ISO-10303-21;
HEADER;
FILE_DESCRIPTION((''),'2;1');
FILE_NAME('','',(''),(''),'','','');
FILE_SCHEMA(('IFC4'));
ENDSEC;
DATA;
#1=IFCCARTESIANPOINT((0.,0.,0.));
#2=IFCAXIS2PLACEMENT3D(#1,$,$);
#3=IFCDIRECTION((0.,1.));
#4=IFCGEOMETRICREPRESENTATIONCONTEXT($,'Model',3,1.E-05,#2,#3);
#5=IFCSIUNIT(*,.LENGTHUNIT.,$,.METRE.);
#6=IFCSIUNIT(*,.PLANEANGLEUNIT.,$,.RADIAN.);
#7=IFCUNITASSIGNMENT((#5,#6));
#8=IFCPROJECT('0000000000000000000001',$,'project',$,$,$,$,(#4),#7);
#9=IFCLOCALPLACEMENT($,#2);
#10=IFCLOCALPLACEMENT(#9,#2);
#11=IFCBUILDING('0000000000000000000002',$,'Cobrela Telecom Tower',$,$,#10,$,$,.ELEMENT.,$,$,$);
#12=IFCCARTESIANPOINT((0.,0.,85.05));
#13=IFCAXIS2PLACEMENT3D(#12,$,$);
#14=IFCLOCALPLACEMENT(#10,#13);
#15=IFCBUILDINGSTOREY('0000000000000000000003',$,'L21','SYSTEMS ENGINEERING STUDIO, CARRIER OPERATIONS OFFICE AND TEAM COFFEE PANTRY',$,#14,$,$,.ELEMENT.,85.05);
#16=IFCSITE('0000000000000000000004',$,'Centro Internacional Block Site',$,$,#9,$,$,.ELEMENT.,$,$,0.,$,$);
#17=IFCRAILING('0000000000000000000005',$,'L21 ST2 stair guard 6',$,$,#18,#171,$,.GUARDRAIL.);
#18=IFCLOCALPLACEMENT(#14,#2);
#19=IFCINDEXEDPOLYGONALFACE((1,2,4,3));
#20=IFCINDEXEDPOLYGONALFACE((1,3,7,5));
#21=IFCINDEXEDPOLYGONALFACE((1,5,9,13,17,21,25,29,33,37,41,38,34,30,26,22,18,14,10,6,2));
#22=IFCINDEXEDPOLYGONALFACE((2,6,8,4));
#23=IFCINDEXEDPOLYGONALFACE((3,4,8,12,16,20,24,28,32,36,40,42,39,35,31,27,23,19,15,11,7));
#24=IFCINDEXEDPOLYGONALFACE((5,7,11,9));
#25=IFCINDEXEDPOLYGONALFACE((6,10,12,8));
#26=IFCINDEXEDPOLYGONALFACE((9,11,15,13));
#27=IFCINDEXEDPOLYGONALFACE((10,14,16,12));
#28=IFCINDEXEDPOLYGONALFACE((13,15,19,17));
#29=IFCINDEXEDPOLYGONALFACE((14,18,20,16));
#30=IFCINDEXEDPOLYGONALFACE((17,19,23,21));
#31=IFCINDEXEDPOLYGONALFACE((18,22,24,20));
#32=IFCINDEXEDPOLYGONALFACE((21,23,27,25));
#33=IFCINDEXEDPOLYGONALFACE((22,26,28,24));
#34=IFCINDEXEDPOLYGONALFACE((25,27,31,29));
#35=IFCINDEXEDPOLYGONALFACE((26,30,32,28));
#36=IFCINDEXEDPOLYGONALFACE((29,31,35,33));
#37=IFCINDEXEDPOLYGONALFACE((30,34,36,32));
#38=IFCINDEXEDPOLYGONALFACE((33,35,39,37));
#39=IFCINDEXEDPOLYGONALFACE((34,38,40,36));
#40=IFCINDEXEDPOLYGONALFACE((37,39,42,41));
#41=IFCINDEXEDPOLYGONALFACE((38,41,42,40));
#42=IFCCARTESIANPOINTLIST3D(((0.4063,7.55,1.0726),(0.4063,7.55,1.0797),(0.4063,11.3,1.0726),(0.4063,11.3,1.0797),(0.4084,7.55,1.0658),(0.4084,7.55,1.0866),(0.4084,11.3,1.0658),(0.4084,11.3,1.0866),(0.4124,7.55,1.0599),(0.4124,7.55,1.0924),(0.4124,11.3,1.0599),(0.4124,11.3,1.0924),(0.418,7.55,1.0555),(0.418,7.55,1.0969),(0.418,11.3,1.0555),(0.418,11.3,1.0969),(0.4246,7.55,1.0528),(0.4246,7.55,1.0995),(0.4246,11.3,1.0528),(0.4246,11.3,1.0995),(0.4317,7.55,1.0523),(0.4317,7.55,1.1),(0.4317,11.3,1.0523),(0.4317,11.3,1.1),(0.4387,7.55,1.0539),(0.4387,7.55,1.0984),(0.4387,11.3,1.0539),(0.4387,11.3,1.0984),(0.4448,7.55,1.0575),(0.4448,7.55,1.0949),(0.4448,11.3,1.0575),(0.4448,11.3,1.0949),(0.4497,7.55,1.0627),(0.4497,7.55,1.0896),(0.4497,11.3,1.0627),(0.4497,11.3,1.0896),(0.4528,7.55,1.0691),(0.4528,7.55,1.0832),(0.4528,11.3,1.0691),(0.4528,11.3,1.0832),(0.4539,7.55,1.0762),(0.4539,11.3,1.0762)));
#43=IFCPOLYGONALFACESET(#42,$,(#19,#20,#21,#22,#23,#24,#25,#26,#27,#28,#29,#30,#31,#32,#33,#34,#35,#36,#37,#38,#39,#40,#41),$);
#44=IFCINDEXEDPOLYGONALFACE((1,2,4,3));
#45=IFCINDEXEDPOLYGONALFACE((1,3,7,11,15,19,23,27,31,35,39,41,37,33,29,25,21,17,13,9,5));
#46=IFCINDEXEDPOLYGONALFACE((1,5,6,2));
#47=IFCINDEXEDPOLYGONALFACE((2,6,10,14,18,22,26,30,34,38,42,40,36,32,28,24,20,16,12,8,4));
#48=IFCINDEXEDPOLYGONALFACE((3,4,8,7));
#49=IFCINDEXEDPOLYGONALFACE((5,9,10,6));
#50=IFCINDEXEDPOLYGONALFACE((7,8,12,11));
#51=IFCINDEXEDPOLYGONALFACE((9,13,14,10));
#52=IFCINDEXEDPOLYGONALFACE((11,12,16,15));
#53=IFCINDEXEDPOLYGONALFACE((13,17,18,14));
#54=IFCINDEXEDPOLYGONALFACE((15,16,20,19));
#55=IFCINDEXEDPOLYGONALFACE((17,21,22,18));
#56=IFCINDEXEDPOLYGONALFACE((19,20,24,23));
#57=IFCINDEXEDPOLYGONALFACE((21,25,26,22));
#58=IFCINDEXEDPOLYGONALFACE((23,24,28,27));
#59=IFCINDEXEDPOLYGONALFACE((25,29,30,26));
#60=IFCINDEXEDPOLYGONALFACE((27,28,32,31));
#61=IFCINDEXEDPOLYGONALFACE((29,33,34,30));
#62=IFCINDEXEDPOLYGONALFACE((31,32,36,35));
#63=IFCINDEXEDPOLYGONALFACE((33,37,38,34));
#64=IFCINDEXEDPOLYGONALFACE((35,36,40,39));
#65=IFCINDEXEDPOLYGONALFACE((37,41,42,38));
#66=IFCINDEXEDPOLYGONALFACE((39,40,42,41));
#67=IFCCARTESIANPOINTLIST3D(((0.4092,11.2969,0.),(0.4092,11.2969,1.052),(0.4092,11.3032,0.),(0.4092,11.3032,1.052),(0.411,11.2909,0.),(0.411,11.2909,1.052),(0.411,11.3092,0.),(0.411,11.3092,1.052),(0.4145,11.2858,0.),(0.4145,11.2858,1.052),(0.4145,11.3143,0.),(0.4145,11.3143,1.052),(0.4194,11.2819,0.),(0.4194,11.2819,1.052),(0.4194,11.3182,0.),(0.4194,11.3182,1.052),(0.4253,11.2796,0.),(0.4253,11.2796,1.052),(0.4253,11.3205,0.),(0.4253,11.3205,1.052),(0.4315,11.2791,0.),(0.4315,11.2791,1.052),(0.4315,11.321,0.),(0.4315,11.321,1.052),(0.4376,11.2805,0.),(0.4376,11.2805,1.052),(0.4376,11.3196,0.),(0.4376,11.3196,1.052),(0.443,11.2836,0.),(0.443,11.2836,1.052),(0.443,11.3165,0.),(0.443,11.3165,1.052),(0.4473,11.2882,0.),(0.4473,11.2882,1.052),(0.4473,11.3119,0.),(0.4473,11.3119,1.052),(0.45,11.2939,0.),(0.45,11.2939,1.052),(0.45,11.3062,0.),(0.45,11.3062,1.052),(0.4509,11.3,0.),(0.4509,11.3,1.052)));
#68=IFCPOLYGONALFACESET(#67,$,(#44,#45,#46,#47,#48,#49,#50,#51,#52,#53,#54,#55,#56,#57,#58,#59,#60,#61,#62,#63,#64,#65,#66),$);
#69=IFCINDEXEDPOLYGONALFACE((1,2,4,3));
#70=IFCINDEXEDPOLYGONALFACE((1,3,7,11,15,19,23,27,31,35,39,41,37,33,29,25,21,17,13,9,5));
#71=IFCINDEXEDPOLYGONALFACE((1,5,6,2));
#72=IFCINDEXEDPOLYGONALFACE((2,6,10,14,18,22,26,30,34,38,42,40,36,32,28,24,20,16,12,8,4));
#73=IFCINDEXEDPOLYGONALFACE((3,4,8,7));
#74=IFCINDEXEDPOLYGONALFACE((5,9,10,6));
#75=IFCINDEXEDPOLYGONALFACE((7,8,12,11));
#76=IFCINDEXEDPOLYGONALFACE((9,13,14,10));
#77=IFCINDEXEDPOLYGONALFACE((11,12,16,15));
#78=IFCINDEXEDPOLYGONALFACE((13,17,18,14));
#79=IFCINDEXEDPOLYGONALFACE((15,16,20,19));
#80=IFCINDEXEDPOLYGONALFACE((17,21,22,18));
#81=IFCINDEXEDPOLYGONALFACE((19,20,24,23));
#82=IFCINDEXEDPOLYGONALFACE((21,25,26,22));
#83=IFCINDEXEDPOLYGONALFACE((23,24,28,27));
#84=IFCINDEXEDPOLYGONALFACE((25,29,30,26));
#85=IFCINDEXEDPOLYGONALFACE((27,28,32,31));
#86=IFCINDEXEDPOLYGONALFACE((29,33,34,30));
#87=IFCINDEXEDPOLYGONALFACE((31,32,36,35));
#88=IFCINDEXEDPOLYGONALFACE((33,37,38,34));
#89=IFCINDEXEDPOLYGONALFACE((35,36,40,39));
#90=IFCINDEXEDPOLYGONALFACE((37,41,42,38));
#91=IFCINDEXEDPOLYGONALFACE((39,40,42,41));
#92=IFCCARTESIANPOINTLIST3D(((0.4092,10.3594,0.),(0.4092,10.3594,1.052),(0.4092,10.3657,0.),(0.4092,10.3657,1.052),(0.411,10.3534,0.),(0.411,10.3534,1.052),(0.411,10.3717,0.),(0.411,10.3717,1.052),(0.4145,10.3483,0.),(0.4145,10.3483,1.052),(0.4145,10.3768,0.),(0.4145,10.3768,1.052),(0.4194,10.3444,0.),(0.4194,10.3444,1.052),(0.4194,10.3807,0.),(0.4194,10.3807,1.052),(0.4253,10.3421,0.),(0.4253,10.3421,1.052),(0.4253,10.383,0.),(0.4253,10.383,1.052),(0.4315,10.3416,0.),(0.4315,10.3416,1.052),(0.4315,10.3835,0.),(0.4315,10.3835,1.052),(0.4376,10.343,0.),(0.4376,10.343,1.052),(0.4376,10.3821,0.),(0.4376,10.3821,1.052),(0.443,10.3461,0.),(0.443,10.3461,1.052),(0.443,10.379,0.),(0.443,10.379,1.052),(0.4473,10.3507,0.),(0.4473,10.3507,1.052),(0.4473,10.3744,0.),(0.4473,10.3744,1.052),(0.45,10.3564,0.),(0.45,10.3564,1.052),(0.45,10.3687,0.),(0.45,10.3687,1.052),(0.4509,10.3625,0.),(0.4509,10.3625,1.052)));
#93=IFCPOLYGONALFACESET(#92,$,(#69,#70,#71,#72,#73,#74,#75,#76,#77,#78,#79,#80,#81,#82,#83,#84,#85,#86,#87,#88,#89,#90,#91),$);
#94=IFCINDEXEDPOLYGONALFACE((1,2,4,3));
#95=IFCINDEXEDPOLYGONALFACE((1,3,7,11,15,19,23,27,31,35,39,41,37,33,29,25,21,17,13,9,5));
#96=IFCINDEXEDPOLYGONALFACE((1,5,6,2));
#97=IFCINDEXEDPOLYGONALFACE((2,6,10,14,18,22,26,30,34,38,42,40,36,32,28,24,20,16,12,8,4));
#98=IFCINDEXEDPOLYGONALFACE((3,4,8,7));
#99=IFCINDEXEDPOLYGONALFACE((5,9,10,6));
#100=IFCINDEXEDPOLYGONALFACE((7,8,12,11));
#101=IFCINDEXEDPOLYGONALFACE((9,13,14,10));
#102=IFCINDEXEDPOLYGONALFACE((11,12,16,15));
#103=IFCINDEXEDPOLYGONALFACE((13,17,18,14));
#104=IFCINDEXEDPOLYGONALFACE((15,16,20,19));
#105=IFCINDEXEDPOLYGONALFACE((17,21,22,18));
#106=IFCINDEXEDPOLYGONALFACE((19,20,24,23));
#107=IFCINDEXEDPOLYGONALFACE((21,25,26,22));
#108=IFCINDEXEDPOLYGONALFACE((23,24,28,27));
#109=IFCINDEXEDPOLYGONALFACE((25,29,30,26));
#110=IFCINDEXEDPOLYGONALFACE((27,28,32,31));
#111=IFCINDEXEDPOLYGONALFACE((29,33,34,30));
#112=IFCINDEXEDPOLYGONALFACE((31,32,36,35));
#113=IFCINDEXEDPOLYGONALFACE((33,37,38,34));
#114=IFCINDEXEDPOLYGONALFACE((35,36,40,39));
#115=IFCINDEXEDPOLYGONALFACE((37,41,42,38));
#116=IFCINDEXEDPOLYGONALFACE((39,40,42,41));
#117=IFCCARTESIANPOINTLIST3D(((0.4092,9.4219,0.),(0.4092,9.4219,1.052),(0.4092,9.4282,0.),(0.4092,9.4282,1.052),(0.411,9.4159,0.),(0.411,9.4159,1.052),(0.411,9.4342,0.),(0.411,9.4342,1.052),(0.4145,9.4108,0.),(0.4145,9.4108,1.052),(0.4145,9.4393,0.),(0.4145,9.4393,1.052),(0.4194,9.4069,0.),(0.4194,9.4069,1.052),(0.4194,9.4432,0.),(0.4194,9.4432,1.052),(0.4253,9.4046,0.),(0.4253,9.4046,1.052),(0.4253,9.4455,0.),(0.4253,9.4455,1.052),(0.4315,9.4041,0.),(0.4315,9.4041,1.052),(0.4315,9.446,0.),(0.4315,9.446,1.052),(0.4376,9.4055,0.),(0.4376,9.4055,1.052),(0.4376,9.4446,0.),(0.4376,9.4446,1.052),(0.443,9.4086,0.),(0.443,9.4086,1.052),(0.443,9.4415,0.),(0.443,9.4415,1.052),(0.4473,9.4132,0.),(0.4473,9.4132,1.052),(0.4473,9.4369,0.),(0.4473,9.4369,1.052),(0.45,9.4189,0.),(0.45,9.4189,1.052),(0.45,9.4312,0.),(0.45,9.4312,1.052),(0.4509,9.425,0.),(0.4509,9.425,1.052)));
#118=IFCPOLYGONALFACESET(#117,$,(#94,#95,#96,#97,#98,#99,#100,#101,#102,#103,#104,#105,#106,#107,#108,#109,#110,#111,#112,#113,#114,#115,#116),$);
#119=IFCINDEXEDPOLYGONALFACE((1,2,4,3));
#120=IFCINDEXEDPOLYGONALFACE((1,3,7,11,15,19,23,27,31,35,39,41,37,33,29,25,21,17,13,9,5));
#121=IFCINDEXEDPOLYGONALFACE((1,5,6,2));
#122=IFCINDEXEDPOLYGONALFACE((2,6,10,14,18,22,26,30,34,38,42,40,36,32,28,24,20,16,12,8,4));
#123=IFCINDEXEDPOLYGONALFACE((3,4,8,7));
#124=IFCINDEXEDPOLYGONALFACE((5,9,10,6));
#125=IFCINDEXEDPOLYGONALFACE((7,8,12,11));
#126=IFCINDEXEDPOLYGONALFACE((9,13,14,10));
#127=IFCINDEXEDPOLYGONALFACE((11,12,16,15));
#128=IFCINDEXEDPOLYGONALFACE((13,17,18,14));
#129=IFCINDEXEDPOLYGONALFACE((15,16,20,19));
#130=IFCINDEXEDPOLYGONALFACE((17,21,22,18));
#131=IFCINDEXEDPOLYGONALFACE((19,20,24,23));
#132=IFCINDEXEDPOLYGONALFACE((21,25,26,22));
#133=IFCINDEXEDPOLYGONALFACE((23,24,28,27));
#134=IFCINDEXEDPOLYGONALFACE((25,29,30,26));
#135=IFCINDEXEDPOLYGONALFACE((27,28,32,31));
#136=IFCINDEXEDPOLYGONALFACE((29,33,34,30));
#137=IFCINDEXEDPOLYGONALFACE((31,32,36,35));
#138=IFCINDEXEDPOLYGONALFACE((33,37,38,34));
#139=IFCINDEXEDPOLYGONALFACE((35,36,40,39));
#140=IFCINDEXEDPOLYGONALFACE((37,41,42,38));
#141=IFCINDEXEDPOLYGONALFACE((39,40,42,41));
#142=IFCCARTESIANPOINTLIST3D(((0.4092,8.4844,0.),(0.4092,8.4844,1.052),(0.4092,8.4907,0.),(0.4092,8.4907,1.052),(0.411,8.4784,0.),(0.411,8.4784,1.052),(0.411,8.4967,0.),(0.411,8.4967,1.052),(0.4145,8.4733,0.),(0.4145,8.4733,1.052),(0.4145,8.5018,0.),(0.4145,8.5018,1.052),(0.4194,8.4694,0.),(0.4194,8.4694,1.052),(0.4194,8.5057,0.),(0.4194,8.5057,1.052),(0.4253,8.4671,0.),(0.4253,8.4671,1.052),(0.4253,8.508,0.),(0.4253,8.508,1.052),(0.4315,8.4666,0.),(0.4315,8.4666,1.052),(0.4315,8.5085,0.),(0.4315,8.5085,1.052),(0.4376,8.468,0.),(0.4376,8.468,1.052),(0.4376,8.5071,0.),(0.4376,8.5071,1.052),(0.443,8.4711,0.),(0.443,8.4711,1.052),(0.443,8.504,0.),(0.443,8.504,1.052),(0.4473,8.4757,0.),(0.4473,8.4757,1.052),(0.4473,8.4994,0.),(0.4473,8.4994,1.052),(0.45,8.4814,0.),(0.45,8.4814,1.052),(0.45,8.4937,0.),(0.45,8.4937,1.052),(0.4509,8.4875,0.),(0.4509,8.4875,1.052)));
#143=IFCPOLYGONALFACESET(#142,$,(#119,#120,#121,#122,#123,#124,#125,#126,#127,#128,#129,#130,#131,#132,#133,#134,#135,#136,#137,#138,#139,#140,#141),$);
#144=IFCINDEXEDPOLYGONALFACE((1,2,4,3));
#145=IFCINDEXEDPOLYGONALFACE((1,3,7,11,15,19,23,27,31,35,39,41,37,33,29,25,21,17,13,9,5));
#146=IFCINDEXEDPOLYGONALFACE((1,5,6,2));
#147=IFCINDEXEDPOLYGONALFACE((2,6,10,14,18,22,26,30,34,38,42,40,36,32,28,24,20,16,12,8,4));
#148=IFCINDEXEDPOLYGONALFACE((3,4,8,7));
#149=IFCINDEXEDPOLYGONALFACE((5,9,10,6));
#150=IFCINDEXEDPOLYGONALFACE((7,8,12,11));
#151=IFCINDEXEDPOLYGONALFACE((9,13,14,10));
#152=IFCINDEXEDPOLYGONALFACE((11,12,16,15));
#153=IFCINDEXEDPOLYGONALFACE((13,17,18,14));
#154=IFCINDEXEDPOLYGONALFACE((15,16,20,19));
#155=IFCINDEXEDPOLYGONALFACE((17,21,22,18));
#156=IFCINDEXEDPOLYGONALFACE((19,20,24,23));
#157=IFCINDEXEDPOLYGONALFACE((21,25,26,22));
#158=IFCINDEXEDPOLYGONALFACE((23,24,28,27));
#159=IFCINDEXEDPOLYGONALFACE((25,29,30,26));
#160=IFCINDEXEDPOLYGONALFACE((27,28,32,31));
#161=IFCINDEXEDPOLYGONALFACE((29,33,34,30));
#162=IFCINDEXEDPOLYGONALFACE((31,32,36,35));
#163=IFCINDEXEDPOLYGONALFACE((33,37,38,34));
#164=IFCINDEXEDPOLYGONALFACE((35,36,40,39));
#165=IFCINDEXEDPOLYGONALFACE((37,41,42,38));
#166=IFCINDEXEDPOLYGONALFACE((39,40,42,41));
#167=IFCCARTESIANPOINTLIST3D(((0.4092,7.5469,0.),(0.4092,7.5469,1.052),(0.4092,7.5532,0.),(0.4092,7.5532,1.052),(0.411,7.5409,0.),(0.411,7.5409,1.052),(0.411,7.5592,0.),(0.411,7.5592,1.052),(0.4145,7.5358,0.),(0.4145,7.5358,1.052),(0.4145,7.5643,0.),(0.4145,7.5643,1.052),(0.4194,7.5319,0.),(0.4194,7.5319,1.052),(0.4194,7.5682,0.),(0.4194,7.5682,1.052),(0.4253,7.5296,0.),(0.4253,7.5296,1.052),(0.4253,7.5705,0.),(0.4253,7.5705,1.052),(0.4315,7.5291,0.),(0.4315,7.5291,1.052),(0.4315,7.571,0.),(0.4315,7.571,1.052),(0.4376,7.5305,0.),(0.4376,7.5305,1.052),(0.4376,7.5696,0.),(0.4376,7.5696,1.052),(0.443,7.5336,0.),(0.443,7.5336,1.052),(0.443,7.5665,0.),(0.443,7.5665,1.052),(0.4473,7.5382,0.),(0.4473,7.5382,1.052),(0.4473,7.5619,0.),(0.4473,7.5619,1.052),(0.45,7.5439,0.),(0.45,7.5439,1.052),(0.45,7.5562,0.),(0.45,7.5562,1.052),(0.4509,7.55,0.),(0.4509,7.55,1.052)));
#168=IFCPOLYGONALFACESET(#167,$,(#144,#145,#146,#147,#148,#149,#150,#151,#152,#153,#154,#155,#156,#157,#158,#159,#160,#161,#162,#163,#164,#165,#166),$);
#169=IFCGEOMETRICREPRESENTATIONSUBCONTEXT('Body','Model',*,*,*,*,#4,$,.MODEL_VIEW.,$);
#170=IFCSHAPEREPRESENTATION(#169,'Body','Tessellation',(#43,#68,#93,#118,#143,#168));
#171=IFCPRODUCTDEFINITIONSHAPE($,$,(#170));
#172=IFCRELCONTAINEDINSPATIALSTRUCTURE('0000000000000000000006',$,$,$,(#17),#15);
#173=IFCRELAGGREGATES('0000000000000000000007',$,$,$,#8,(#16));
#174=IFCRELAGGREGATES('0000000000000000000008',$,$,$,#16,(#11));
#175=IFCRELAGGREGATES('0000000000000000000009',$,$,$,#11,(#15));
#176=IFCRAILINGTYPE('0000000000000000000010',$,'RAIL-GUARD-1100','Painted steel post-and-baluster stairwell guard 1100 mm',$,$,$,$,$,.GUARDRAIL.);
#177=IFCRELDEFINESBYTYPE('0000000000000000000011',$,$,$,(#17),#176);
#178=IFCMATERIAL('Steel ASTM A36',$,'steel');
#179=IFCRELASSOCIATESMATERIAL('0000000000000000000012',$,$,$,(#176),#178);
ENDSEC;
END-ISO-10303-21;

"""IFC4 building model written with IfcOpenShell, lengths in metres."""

from ifc_helpers import new_model, si_unit, direction, frame, origin, origin_2d, place, context, subcontext, project, spatial, circle, extrude, material, type_object, element, save


model = new_model("IFC4")

# Units and contexts
model_context = context("Model", 3, precision=1e-05, world=origin(), true_north=direction((0.0, 1.0)))
body_context = subcontext(model_context, "Body", "Model", "MODEL_VIEW")
ifc_project = project(units=[si_unit("LENGTHUNIT", "METRE"), si_unit("PLANEANGLEUNIT", "RADIAN")], contexts=[model_context])

# Site, building, storey
site_placement = place(None, origin())
site = spatial("IfcSite", under=ifc_project, at=site_placement, Name="Centro Internacional Block Site", CompositionType="ELEMENT", RefElevation=0.0)
building_placement = place(site_placement, origin())
building = spatial("IfcBuilding", under=site, at=building_placement, Name="Cobrela Telecom Tower", CompositionType="ELEMENT")
storey_placement = place(building_placement, frame((0.0, 0.0, 85.05)))
storey = spatial("IfcBuildingStorey", under=building, at=storey_placement, Name="L21", Description="SYSTEMS ENGINEERING STUDIO, CARRIER OPERATIONS OFFICE AND TEAM COFFEE PANTRY", CompositionType="ELEMENT", Elevation=85.05)

# Railing
ifc_material_1 = material(Name="Steel ASTM A36", Category="steel")
railing_type_1 = type_object("IfcRailingType", Name="RAIL-GUARD-1100", Description="Painted steel post-and-baluster stairwell guard 1100 mm", PredefinedType="GUARDRAIL", material=ifc_material_1)
railing_1_placement = place(storey_placement, frame((0.4299, 11.3, 0.0)))
element("IfcRailing", 1, at=railing_1_placement, inside=storey, type_object=railing_type_1, Name="L21 ST2 stair guard 6", PredefinedType="GUARDRAIL", context=body_context, shape_type="SweptSolid", body=[
    extrude(circle(Radius=0.0239, at=origin_2d()), frame((0.0, 0.0, 1.0762), z_axis=(0.0, -1.0, 0.0), x_axis=(1.0, 0.0, 0.0)), (0.0, 0.0, 1.0), 3.75),
    extrude(circle(Radius=0.021, at=origin_2d()), origin(), (0.0, 0.0, 1.0), 1.052),
    extrude(circle(Radius=0.021, at=origin_2d()), frame((0.0, -0.9375, 0.0)), (0.0, 0.0, 1.0), 1.052),
    extrude(circle(Radius=0.021, at=origin_2d()), frame((0.0, -1.875, 0.0)), (0.0, 0.0, 1.0), 1.052),
    extrude(circle(Radius=0.021, at=origin_2d()), frame((0.0, -2.8125, 0.0)), (0.0, 0.0, 1.0), 1.052),
    extrude(circle(Radius=0.021, at=origin_2d()), frame((0.0, -3.75, 0.0)), (0.0, 0.0, 1.0), 1.052),
])

save(model, "model.ifc")
